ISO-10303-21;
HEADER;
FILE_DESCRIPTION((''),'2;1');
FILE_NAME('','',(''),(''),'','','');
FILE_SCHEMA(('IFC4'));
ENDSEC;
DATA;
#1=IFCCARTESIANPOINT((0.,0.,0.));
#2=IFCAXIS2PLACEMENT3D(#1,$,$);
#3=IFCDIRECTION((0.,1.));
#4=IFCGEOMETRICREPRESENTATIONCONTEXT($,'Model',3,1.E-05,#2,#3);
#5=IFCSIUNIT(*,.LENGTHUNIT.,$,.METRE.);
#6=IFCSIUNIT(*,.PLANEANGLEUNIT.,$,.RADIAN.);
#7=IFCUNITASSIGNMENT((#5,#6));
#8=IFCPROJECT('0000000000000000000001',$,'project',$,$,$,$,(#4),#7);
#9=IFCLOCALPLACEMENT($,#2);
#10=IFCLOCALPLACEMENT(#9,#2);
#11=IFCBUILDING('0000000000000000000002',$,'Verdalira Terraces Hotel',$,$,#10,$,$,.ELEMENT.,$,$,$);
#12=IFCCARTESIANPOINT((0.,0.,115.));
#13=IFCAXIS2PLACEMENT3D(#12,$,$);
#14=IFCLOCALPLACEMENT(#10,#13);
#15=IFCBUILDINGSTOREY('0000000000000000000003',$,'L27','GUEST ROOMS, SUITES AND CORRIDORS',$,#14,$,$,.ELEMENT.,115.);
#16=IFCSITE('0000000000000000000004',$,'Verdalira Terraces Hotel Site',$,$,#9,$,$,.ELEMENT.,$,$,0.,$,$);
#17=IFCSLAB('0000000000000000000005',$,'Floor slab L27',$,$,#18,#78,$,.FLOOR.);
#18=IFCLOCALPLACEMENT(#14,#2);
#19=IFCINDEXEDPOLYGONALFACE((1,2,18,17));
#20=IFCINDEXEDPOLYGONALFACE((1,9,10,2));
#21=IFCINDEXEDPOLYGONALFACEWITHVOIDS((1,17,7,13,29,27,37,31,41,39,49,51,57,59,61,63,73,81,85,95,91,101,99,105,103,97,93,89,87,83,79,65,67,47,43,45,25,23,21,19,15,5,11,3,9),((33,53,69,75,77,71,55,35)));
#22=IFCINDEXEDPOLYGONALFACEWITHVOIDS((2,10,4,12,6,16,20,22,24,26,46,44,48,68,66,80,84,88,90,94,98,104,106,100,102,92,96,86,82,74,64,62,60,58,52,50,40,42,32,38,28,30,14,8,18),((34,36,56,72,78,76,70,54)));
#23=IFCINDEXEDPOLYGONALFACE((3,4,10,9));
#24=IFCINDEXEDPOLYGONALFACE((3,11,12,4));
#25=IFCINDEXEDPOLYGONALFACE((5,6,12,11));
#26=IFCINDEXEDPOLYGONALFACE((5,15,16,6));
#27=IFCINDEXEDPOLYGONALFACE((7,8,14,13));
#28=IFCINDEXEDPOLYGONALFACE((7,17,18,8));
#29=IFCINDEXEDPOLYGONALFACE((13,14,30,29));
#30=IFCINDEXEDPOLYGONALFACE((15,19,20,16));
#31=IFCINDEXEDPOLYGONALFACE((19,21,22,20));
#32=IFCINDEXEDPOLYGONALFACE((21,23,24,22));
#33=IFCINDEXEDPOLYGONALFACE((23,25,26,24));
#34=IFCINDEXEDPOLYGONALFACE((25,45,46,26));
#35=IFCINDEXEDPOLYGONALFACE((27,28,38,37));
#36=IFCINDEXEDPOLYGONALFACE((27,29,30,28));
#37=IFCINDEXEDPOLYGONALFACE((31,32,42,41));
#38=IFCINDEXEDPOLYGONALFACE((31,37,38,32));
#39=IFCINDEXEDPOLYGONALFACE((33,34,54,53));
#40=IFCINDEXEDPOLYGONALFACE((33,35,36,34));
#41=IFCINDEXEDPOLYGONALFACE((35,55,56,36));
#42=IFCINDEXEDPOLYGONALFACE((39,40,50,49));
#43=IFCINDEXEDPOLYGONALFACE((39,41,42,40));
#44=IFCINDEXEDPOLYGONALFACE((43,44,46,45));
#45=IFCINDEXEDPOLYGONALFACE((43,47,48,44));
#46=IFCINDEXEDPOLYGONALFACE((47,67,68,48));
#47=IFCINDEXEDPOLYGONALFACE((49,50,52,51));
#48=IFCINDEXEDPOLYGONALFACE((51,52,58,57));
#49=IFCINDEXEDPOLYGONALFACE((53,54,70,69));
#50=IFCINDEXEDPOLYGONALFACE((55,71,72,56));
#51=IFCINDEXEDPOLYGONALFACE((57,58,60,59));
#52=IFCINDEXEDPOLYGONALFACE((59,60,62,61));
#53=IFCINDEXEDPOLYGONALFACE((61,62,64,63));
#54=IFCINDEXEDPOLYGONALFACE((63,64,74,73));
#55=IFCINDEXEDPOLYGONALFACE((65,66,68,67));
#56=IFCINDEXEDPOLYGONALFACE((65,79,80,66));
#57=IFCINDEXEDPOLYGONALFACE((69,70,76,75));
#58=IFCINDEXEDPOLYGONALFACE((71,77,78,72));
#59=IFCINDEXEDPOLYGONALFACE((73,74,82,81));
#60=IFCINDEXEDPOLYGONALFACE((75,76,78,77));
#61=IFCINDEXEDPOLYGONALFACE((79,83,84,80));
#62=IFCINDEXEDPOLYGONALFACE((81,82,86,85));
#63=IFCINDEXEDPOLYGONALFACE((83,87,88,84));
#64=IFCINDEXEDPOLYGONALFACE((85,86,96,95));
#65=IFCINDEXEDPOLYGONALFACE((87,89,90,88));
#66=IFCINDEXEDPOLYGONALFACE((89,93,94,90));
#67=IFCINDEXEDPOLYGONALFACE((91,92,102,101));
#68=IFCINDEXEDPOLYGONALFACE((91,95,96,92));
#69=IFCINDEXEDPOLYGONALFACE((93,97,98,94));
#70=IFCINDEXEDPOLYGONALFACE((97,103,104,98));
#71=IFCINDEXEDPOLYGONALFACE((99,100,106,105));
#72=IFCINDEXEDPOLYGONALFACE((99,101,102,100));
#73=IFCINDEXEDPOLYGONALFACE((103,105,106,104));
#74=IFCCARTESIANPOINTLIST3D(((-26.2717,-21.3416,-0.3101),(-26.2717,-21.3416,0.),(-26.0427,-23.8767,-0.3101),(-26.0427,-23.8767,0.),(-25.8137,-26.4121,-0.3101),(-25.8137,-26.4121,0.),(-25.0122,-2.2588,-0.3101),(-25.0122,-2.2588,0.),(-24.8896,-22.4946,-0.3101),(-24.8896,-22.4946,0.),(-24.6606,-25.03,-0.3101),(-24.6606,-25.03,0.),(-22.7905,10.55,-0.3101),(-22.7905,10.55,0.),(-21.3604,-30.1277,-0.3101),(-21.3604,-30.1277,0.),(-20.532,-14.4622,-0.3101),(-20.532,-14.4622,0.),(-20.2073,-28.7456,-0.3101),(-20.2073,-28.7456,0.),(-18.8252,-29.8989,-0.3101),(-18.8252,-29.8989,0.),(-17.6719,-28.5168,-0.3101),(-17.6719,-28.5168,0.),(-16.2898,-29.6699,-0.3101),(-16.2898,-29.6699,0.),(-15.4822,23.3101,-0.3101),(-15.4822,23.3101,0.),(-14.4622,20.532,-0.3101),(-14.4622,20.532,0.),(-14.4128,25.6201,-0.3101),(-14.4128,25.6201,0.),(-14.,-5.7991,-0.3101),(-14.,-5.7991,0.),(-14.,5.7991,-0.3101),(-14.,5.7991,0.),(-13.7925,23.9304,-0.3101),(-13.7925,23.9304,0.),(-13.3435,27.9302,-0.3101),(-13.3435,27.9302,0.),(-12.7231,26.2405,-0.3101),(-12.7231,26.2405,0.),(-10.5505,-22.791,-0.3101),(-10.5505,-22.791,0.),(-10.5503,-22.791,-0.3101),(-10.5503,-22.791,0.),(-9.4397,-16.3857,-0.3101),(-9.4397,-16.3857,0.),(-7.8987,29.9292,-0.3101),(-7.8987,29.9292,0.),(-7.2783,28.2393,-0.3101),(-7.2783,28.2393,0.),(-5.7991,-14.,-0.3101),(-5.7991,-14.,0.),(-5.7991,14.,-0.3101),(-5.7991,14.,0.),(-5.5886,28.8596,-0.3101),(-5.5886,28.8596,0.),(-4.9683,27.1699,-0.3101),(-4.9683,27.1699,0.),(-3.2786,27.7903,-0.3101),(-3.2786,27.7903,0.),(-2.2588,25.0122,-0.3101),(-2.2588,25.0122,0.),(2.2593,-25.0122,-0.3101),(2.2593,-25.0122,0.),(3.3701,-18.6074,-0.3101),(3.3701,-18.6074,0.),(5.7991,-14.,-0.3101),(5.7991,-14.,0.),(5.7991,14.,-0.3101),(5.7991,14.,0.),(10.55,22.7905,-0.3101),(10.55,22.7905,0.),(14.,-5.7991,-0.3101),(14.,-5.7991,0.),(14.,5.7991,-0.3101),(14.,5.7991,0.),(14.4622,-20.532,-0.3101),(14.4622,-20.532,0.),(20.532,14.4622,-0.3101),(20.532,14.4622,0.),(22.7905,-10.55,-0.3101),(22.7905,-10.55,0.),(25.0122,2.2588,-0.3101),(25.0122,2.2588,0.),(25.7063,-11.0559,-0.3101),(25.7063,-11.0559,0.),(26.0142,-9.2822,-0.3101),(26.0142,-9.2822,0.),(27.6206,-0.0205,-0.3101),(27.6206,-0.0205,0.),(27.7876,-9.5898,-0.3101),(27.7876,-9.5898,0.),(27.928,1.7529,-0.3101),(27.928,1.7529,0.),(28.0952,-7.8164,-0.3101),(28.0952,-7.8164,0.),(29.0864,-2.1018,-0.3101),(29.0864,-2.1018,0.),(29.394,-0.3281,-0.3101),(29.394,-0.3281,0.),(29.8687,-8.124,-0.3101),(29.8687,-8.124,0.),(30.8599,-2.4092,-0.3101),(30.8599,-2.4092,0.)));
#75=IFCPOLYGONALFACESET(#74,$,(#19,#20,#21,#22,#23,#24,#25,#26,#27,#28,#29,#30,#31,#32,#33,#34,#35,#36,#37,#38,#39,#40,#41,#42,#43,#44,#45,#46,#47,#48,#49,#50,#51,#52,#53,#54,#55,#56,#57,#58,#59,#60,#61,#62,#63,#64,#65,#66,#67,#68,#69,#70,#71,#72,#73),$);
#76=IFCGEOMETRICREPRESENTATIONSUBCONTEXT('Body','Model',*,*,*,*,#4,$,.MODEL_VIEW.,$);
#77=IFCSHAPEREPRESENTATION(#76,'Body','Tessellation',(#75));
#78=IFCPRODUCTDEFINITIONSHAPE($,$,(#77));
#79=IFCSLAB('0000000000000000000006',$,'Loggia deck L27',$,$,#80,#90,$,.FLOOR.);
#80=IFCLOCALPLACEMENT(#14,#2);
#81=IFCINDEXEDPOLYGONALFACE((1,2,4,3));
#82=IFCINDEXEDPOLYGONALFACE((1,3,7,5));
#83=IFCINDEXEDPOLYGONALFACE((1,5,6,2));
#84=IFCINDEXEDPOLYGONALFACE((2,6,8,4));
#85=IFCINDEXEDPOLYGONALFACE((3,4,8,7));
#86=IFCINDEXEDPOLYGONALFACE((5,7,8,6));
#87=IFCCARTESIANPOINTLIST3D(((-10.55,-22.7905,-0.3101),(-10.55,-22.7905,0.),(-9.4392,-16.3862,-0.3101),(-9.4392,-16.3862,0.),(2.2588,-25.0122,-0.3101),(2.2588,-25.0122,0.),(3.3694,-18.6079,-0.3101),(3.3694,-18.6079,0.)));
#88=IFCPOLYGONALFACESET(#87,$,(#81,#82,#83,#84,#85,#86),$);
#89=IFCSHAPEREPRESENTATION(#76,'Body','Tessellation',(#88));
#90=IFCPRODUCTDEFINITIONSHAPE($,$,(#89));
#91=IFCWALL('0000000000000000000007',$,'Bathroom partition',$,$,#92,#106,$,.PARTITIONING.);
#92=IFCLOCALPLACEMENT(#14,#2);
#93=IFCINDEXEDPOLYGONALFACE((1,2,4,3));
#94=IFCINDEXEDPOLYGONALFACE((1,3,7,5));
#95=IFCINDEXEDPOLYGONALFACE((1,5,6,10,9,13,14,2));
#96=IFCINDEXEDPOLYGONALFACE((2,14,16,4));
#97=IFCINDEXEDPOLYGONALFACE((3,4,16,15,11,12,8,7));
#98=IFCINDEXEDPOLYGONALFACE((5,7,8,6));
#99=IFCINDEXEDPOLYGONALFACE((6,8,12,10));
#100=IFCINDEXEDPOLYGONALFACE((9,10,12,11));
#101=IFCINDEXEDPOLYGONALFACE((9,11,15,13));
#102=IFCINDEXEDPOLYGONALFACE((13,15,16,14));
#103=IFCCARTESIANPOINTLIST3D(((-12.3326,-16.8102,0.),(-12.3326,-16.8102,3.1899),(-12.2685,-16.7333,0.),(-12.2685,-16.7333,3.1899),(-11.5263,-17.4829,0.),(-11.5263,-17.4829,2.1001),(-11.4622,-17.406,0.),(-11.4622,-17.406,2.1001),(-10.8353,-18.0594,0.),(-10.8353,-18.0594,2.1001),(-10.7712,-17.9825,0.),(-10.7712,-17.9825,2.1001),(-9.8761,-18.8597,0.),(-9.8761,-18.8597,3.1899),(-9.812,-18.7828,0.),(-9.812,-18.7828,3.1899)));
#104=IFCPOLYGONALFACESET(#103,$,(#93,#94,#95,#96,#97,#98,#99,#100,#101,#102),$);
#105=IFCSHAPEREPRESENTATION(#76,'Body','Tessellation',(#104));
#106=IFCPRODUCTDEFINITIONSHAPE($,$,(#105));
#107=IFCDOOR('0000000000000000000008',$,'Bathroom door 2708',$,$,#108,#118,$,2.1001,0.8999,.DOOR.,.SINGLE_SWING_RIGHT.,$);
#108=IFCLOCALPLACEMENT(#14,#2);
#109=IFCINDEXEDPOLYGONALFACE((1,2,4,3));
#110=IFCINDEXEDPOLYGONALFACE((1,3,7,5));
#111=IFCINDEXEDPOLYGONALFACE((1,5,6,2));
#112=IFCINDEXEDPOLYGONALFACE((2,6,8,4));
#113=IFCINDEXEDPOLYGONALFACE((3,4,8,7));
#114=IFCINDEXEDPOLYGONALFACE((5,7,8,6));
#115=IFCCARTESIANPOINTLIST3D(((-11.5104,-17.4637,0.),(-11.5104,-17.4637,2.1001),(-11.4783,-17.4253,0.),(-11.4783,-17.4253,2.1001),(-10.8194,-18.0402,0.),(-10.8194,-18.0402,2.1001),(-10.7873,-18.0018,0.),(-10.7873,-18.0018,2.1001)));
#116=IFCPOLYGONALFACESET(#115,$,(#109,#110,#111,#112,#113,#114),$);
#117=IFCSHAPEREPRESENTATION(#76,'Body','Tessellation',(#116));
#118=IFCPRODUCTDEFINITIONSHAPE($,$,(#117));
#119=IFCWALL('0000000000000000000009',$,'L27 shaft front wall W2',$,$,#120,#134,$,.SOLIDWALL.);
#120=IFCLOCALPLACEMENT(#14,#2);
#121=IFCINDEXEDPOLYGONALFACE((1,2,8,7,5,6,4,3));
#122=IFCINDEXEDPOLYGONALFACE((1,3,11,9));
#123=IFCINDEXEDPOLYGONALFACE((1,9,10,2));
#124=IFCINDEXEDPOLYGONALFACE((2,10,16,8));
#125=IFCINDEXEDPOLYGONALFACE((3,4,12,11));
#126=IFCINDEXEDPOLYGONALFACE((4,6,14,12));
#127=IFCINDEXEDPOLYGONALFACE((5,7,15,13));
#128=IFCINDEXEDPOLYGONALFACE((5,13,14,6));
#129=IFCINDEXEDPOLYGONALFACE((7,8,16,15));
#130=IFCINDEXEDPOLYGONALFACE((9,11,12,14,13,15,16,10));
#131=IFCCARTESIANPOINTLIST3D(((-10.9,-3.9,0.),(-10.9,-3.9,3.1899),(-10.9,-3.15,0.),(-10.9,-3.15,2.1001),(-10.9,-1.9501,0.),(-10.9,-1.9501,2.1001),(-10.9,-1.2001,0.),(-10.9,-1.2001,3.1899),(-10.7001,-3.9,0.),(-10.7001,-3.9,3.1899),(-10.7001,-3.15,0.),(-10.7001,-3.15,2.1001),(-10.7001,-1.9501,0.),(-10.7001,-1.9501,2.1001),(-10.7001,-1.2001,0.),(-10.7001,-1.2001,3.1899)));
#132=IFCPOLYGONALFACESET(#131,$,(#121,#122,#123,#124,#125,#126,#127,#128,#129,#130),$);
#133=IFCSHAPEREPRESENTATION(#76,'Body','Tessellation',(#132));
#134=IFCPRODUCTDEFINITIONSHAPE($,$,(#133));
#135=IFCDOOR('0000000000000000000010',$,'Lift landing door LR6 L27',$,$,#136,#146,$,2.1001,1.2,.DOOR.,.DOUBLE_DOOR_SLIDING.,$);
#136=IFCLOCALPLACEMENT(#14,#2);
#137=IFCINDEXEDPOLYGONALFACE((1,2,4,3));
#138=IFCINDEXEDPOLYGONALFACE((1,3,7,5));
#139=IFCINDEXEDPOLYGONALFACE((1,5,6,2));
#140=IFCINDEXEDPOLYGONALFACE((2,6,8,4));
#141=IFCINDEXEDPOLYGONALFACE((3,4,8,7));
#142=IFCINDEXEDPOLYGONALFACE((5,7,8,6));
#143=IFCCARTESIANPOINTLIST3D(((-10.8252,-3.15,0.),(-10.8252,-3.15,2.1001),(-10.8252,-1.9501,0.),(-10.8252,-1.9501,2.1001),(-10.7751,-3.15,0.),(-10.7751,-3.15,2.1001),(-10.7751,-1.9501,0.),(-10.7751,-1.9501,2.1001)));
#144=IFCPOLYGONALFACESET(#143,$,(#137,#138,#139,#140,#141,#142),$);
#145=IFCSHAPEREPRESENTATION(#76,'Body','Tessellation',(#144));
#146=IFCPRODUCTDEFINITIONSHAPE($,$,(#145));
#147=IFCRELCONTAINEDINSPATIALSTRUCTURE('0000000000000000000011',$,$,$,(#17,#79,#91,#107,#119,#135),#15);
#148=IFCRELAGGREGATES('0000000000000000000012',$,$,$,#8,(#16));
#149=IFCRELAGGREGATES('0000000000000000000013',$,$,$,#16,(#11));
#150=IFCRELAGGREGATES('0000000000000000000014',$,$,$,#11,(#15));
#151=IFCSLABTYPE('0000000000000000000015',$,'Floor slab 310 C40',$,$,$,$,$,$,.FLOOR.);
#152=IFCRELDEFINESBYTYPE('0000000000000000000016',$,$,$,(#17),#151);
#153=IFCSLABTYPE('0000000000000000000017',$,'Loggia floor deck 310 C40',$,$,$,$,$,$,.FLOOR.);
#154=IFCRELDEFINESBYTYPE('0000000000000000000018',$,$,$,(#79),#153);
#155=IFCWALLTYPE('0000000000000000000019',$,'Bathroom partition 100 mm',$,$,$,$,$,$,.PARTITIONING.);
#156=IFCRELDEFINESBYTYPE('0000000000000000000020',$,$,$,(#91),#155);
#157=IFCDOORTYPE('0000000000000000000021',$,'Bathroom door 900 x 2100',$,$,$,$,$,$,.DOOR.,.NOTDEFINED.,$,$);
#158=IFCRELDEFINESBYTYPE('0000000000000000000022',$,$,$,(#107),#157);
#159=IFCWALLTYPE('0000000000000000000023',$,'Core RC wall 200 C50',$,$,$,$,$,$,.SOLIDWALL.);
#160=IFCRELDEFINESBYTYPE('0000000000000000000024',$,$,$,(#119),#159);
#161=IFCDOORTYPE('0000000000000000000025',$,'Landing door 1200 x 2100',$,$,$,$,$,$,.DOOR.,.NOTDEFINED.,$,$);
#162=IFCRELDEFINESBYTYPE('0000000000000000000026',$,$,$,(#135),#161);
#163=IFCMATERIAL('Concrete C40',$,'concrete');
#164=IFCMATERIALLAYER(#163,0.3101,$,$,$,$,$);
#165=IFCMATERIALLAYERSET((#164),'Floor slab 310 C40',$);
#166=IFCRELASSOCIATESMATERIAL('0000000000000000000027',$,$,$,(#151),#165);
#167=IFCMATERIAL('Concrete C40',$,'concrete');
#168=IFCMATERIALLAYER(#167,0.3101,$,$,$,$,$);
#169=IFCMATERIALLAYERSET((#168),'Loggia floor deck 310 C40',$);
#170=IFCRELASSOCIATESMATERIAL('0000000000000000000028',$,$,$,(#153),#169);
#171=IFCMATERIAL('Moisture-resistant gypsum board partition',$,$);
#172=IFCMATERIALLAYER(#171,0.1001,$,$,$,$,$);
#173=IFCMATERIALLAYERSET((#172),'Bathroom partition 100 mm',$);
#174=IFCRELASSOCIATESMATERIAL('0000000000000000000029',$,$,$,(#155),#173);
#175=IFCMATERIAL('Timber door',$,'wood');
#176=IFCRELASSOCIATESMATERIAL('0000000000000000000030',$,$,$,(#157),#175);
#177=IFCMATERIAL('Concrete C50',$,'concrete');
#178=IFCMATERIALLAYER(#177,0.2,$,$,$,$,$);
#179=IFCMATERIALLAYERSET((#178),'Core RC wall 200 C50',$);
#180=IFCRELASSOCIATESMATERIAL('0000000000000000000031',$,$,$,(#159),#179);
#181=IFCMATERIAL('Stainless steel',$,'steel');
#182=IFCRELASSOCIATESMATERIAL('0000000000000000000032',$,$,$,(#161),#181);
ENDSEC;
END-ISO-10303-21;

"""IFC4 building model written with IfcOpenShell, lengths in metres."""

from ifc_helpers import new_model, si_unit, direction, frame, frame_2d, origin, place, context, subcontext, project, spatial, polyline, rectangle, outline, extrude, material, layer, layer_set, type_object, element, fill, save


model = new_model("IFC4")

# Units and contexts
model_context = context("Model", 3, precision=1e-05, world=origin(), true_north=direction((0.0, 1.0)))
body_context = subcontext(model_context, "Body", "Model", "MODEL_VIEW")
ifc_project = project(units=[si_unit("LENGTHUNIT", "METRE"), si_unit("PLANEANGLEUNIT", "RADIAN")], contexts=[model_context])

# Site, building, storey
site_placement = place(None, origin())
site = spatial("IfcSite", under=ifc_project, at=site_placement, Name="Verdalira Terraces Hotel Site", CompositionType="ELEMENT", RefElevation=0.0)
building_placement = place(site_placement, origin())
building = spatial("IfcBuilding", under=site, at=building_placement, Name="Verdalira Terraces Hotel", CompositionType="ELEMENT")
storey_placement = place(building_placement, frame((0.0, 0.0, 115.0)))
storey = spatial("IfcBuildingStorey", under=building, at=storey_placement, Name="L27", Description="GUEST ROOMS, SUITES AND CORRIDORS", CompositionType="ELEMENT", Elevation=115.0)

# Slabs
ifc_material_1 = material(Name="Concrete C40", Category="concrete")
ifc_layer_1 = layer(ifc_material_1, 0.3101)
ifc_layer_set_1 = layer_set([ifc_layer_1], Name="Floor slab 310 C40")
slab_type_1 = type_object("IfcSlabType", Name="Floor slab 310 C40", PredefinedType="FLOOR", material=ifc_layer_set_1)
slab_1_placement = place(storey_placement, frame((0.0, 0.0, -0.3101)))
element("IfcSlab", 1, at=slab_1_placement, inside=storey, type_object=slab_type_1, Name="Floor slab L27", PredefinedType="FLOOR", context=body_context, shape_type="SweptSolid", body=[
    extrude(outline(polyline([(-17.6719, -28.5168), (-16.2898, -29.6699), (-10.5503, -22.791), (-10.5505, -22.791), (-9.4397, -16.3857), (3.3701, -18.6074), (2.2593, -25.0122), (14.4622, -20.532), (22.7905, -10.55), (25.7063, -11.0559), (26.0142, -9.2822), (27.7876, -9.5898), (28.0952, -7.8164), (29.8687, -8.124), (30.8599, -2.4092), (29.0864, -2.1018), (29.394, -0.3281), (27.6206, -0.0205), (27.928, 1.7529), (25.0122, 2.2588), (20.532, 14.4622), (10.55, 22.7905), (-2.2588, 25.0122), (-3.2786, 27.7903), (-4.9683, 27.1699), (-5.5886, 28.8596), (-7.2783, 28.2393), (-7.8987, 29.9292), (-13.3435, 27.9302), (-12.7231, 26.2405), (-14.4128, 25.6201), (-13.7925, 23.9304), (-15.4822, 23.3101), (-14.4622, 20.532), (-22.7905, 10.55), (-25.0122, -2.2588), (-20.532, -14.4622), (-26.2717, -21.3416), (-24.8896, -22.4946), (-26.0427, -23.8767), (-24.6606, -25.03), (-25.8137, -26.4121), (-21.3604, -30.1277), (-20.2073, -28.7456), (-18.8252, -29.8989), (-17.6719, -28.5168)]), holes=[polyline([(5.7991, 14.0), (14.0, 5.7991), (14.0, -5.7991), (5.7991, -14.0), (-5.7991, -14.0), (-14.0, -5.7991), (-14.0, 5.7991), (-5.7991, 14.0), (5.7991, 14.0)])]), origin(), (0.0, 0.0, 1.0), 0.3101),
])
ifc_material_2 = material(Name="Concrete C40", Category="concrete")
ifc_layer_2 = layer(ifc_material_2, 0.3101)
ifc_layer_set_2 = layer_set([ifc_layer_2], Name="Loggia floor deck 310 C40")
slab_type_2 = type_object("IfcSlabType", Name="Loggia floor deck 310 C40", PredefinedType="FLOOR", material=ifc_layer_set_2)
slab_2_placement = place(storey_placement, frame((0.0, 0.0, -0.3101)))
element("IfcSlab", 2, at=slab_2_placement, inside=storey, type_object=slab_type_2, Name="Loggia deck L27", PredefinedType="FLOOR", context=body_context, shape_type="SweptSolid", body=[
    extrude(outline(polyline([(-9.4392, -16.3862), (-10.55, -22.7905), (2.2588, -25.0122), (3.3694, -18.6079), (-9.4392, -16.3862)])), origin(), (0.0, 0.0, 1.0), 0.3101),
])

# Walls, openings, doors
ifc_material_3 = material(Name="Moisture-resistant gypsum board partition")
ifc_layer_3 = layer(ifc_material_3, 0.1001)
ifc_layer_set_3 = layer_set([ifc_layer_3], Name="Bathroom partition 100 mm")
wall_type_1 = type_object("IfcWallType", Name="Bathroom partition 100 mm", PredefinedType="PARTITIONING", material=ifc_layer_set_3)
wall_1_placement = place(storey_placement, frame((-12.3005, -16.7717, 0.0), z_axis=(0.0, 0.0, 1.0), x_axis=(0.767846, -0.640635, 0.0)))
wall_1 = element("IfcWall", 3, at=wall_1_placement, inside=storey, type_object=wall_type_1, Name="Bathroom partition", PredefinedType="PARTITIONING", context=body_context, shape_type="SweptSolid", body=[
    extrude(rectangle(XDim=3.1992, YDim=0.1001, at=frame_2d((1.5996, 0.0))), origin(), (0.0, 0.0, 1.0), 3.1899),
])
opening_1_placement = place(wall_1_placement, frame((1.05, 0.0, 0.0)))
opening_1 = element("IfcOpeningElement", 4, at=opening_1_placement, cuts=wall_1, PredefinedType="OPENING", context=body_context, shape_type="SweptSolid", body=[
    extrude(rectangle(XDim=0.8999, YDim=2.1001, at=frame_2d((0.45, 1.05))), frame((0.0, 0.0601, 0.0), z_axis=(0.0, -1.0, 0.0), x_axis=(1.0, 0.0, 0.0)), (0.0, 0.0, 1.0), 0.1201),
])
ifc_material_4 = material(Name="Timber door", Category="wood")
door_type_1 = type_object("IfcDoorType", Name="Bathroom door 900 x 2100", OperationType="NOTDEFINED", PredefinedType="DOOR", material=ifc_material_4)
door_1_placement = place(opening_1_placement, origin())
door_1 = element("IfcDoor", 5, at=door_1_placement, inside=storey, type_object=door_type_1, Name="Bathroom door 2708", OperationType="SINGLE_SWING_RIGHT", OverallHeight=2.1001, OverallWidth=0.8999, PredefinedType="DOOR", context=body_context, shape_type="SweptSolid", body=[
    extrude(rectangle(XDim=0.8999, YDim=2.1001, at=frame_2d((0.45, 1.05))), frame((0.0, 0.0249, 0.0), z_axis=(0.0, -1.0, 0.0), x_axis=(1.0, 0.0, 0.0)), (0.0, 0.0, 1.0), 0.05),
])
fill(opening_1, door_1)
ifc_material_5 = material(Name="Concrete C50", Category="concrete")
ifc_layer_4 = layer(ifc_material_5, 0.2)
ifc_layer_set_4 = layer_set([ifc_layer_4], Name="Core RC wall 200 C50")
wall_type_2 = type_object("IfcWallType", Name="Core RC wall 200 C50", PredefinedType="SOLIDWALL", material=ifc_layer_set_4)
wall_2_placement = place(storey_placement, frame((-10.8, -1.2, 0.0), z_axis=(0.0, 0.0, 1.0), x_axis=(0.0, -1.0, 0.0)))
wall_2 = element("IfcWall", 6, at=wall_2_placement, inside=storey, type_object=wall_type_2, Name="L27 shaft front wall W2", PredefinedType="SOLIDWALL", context=body_context, shape_type="SweptSolid", body=[
    extrude(rectangle(XDim=2.7, YDim=0.2, at=frame_2d((1.3501, 0.0))), origin(), (0.0, 0.0, 1.0), 3.1899),
])
opening_2_placement = place(wall_2_placement, frame((0.75, 0.0, 0.0)))
opening_2 = element("IfcOpeningElement", 7, at=opening_2_placement, cuts=wall_2, PredefinedType="OPENING", context=body_context, shape_type="SweptSolid", body=[
    extrude(rectangle(XDim=1.2, YDim=2.1001, at=frame_2d((0.6001, 1.05))), frame((0.0, 0.1099, 0.0), z_axis=(0.0, -1.0, 0.0), x_axis=(1.0, 0.0, 0.0)), (0.0, 0.0, 1.0), 0.22),
])
ifc_material_6 = material(Name="Stainless steel", Category="steel")
door_type_2 = type_object("IfcDoorType", Name="Landing door 1200 x 2100", OperationType="NOTDEFINED", PredefinedType="DOOR", material=ifc_material_6)
door_2_placement = place(opening_2_placement, origin())
door_2 = element("IfcDoor", 8, at=door_2_placement, inside=storey, type_object=door_type_2, Name="Lift landing door LR6 L27", OperationType="DOUBLE_DOOR_SLIDING", OverallHeight=2.1001, OverallWidth=1.2, PredefinedType="DOOR", context=body_context, shape_type="SweptSolid", body=[
    extrude(rectangle(XDim=1.2, YDim=2.1001, at=frame_2d((0.6001, 1.05))), frame((0.0, 0.0249, 0.0), z_axis=(0.0, -1.0, 0.0), x_axis=(1.0, 0.0, 0.0)), (0.0, 0.0, 1.0), 0.05),
])
fill(opening_2, door_2)

save(model, "model.ifc")
